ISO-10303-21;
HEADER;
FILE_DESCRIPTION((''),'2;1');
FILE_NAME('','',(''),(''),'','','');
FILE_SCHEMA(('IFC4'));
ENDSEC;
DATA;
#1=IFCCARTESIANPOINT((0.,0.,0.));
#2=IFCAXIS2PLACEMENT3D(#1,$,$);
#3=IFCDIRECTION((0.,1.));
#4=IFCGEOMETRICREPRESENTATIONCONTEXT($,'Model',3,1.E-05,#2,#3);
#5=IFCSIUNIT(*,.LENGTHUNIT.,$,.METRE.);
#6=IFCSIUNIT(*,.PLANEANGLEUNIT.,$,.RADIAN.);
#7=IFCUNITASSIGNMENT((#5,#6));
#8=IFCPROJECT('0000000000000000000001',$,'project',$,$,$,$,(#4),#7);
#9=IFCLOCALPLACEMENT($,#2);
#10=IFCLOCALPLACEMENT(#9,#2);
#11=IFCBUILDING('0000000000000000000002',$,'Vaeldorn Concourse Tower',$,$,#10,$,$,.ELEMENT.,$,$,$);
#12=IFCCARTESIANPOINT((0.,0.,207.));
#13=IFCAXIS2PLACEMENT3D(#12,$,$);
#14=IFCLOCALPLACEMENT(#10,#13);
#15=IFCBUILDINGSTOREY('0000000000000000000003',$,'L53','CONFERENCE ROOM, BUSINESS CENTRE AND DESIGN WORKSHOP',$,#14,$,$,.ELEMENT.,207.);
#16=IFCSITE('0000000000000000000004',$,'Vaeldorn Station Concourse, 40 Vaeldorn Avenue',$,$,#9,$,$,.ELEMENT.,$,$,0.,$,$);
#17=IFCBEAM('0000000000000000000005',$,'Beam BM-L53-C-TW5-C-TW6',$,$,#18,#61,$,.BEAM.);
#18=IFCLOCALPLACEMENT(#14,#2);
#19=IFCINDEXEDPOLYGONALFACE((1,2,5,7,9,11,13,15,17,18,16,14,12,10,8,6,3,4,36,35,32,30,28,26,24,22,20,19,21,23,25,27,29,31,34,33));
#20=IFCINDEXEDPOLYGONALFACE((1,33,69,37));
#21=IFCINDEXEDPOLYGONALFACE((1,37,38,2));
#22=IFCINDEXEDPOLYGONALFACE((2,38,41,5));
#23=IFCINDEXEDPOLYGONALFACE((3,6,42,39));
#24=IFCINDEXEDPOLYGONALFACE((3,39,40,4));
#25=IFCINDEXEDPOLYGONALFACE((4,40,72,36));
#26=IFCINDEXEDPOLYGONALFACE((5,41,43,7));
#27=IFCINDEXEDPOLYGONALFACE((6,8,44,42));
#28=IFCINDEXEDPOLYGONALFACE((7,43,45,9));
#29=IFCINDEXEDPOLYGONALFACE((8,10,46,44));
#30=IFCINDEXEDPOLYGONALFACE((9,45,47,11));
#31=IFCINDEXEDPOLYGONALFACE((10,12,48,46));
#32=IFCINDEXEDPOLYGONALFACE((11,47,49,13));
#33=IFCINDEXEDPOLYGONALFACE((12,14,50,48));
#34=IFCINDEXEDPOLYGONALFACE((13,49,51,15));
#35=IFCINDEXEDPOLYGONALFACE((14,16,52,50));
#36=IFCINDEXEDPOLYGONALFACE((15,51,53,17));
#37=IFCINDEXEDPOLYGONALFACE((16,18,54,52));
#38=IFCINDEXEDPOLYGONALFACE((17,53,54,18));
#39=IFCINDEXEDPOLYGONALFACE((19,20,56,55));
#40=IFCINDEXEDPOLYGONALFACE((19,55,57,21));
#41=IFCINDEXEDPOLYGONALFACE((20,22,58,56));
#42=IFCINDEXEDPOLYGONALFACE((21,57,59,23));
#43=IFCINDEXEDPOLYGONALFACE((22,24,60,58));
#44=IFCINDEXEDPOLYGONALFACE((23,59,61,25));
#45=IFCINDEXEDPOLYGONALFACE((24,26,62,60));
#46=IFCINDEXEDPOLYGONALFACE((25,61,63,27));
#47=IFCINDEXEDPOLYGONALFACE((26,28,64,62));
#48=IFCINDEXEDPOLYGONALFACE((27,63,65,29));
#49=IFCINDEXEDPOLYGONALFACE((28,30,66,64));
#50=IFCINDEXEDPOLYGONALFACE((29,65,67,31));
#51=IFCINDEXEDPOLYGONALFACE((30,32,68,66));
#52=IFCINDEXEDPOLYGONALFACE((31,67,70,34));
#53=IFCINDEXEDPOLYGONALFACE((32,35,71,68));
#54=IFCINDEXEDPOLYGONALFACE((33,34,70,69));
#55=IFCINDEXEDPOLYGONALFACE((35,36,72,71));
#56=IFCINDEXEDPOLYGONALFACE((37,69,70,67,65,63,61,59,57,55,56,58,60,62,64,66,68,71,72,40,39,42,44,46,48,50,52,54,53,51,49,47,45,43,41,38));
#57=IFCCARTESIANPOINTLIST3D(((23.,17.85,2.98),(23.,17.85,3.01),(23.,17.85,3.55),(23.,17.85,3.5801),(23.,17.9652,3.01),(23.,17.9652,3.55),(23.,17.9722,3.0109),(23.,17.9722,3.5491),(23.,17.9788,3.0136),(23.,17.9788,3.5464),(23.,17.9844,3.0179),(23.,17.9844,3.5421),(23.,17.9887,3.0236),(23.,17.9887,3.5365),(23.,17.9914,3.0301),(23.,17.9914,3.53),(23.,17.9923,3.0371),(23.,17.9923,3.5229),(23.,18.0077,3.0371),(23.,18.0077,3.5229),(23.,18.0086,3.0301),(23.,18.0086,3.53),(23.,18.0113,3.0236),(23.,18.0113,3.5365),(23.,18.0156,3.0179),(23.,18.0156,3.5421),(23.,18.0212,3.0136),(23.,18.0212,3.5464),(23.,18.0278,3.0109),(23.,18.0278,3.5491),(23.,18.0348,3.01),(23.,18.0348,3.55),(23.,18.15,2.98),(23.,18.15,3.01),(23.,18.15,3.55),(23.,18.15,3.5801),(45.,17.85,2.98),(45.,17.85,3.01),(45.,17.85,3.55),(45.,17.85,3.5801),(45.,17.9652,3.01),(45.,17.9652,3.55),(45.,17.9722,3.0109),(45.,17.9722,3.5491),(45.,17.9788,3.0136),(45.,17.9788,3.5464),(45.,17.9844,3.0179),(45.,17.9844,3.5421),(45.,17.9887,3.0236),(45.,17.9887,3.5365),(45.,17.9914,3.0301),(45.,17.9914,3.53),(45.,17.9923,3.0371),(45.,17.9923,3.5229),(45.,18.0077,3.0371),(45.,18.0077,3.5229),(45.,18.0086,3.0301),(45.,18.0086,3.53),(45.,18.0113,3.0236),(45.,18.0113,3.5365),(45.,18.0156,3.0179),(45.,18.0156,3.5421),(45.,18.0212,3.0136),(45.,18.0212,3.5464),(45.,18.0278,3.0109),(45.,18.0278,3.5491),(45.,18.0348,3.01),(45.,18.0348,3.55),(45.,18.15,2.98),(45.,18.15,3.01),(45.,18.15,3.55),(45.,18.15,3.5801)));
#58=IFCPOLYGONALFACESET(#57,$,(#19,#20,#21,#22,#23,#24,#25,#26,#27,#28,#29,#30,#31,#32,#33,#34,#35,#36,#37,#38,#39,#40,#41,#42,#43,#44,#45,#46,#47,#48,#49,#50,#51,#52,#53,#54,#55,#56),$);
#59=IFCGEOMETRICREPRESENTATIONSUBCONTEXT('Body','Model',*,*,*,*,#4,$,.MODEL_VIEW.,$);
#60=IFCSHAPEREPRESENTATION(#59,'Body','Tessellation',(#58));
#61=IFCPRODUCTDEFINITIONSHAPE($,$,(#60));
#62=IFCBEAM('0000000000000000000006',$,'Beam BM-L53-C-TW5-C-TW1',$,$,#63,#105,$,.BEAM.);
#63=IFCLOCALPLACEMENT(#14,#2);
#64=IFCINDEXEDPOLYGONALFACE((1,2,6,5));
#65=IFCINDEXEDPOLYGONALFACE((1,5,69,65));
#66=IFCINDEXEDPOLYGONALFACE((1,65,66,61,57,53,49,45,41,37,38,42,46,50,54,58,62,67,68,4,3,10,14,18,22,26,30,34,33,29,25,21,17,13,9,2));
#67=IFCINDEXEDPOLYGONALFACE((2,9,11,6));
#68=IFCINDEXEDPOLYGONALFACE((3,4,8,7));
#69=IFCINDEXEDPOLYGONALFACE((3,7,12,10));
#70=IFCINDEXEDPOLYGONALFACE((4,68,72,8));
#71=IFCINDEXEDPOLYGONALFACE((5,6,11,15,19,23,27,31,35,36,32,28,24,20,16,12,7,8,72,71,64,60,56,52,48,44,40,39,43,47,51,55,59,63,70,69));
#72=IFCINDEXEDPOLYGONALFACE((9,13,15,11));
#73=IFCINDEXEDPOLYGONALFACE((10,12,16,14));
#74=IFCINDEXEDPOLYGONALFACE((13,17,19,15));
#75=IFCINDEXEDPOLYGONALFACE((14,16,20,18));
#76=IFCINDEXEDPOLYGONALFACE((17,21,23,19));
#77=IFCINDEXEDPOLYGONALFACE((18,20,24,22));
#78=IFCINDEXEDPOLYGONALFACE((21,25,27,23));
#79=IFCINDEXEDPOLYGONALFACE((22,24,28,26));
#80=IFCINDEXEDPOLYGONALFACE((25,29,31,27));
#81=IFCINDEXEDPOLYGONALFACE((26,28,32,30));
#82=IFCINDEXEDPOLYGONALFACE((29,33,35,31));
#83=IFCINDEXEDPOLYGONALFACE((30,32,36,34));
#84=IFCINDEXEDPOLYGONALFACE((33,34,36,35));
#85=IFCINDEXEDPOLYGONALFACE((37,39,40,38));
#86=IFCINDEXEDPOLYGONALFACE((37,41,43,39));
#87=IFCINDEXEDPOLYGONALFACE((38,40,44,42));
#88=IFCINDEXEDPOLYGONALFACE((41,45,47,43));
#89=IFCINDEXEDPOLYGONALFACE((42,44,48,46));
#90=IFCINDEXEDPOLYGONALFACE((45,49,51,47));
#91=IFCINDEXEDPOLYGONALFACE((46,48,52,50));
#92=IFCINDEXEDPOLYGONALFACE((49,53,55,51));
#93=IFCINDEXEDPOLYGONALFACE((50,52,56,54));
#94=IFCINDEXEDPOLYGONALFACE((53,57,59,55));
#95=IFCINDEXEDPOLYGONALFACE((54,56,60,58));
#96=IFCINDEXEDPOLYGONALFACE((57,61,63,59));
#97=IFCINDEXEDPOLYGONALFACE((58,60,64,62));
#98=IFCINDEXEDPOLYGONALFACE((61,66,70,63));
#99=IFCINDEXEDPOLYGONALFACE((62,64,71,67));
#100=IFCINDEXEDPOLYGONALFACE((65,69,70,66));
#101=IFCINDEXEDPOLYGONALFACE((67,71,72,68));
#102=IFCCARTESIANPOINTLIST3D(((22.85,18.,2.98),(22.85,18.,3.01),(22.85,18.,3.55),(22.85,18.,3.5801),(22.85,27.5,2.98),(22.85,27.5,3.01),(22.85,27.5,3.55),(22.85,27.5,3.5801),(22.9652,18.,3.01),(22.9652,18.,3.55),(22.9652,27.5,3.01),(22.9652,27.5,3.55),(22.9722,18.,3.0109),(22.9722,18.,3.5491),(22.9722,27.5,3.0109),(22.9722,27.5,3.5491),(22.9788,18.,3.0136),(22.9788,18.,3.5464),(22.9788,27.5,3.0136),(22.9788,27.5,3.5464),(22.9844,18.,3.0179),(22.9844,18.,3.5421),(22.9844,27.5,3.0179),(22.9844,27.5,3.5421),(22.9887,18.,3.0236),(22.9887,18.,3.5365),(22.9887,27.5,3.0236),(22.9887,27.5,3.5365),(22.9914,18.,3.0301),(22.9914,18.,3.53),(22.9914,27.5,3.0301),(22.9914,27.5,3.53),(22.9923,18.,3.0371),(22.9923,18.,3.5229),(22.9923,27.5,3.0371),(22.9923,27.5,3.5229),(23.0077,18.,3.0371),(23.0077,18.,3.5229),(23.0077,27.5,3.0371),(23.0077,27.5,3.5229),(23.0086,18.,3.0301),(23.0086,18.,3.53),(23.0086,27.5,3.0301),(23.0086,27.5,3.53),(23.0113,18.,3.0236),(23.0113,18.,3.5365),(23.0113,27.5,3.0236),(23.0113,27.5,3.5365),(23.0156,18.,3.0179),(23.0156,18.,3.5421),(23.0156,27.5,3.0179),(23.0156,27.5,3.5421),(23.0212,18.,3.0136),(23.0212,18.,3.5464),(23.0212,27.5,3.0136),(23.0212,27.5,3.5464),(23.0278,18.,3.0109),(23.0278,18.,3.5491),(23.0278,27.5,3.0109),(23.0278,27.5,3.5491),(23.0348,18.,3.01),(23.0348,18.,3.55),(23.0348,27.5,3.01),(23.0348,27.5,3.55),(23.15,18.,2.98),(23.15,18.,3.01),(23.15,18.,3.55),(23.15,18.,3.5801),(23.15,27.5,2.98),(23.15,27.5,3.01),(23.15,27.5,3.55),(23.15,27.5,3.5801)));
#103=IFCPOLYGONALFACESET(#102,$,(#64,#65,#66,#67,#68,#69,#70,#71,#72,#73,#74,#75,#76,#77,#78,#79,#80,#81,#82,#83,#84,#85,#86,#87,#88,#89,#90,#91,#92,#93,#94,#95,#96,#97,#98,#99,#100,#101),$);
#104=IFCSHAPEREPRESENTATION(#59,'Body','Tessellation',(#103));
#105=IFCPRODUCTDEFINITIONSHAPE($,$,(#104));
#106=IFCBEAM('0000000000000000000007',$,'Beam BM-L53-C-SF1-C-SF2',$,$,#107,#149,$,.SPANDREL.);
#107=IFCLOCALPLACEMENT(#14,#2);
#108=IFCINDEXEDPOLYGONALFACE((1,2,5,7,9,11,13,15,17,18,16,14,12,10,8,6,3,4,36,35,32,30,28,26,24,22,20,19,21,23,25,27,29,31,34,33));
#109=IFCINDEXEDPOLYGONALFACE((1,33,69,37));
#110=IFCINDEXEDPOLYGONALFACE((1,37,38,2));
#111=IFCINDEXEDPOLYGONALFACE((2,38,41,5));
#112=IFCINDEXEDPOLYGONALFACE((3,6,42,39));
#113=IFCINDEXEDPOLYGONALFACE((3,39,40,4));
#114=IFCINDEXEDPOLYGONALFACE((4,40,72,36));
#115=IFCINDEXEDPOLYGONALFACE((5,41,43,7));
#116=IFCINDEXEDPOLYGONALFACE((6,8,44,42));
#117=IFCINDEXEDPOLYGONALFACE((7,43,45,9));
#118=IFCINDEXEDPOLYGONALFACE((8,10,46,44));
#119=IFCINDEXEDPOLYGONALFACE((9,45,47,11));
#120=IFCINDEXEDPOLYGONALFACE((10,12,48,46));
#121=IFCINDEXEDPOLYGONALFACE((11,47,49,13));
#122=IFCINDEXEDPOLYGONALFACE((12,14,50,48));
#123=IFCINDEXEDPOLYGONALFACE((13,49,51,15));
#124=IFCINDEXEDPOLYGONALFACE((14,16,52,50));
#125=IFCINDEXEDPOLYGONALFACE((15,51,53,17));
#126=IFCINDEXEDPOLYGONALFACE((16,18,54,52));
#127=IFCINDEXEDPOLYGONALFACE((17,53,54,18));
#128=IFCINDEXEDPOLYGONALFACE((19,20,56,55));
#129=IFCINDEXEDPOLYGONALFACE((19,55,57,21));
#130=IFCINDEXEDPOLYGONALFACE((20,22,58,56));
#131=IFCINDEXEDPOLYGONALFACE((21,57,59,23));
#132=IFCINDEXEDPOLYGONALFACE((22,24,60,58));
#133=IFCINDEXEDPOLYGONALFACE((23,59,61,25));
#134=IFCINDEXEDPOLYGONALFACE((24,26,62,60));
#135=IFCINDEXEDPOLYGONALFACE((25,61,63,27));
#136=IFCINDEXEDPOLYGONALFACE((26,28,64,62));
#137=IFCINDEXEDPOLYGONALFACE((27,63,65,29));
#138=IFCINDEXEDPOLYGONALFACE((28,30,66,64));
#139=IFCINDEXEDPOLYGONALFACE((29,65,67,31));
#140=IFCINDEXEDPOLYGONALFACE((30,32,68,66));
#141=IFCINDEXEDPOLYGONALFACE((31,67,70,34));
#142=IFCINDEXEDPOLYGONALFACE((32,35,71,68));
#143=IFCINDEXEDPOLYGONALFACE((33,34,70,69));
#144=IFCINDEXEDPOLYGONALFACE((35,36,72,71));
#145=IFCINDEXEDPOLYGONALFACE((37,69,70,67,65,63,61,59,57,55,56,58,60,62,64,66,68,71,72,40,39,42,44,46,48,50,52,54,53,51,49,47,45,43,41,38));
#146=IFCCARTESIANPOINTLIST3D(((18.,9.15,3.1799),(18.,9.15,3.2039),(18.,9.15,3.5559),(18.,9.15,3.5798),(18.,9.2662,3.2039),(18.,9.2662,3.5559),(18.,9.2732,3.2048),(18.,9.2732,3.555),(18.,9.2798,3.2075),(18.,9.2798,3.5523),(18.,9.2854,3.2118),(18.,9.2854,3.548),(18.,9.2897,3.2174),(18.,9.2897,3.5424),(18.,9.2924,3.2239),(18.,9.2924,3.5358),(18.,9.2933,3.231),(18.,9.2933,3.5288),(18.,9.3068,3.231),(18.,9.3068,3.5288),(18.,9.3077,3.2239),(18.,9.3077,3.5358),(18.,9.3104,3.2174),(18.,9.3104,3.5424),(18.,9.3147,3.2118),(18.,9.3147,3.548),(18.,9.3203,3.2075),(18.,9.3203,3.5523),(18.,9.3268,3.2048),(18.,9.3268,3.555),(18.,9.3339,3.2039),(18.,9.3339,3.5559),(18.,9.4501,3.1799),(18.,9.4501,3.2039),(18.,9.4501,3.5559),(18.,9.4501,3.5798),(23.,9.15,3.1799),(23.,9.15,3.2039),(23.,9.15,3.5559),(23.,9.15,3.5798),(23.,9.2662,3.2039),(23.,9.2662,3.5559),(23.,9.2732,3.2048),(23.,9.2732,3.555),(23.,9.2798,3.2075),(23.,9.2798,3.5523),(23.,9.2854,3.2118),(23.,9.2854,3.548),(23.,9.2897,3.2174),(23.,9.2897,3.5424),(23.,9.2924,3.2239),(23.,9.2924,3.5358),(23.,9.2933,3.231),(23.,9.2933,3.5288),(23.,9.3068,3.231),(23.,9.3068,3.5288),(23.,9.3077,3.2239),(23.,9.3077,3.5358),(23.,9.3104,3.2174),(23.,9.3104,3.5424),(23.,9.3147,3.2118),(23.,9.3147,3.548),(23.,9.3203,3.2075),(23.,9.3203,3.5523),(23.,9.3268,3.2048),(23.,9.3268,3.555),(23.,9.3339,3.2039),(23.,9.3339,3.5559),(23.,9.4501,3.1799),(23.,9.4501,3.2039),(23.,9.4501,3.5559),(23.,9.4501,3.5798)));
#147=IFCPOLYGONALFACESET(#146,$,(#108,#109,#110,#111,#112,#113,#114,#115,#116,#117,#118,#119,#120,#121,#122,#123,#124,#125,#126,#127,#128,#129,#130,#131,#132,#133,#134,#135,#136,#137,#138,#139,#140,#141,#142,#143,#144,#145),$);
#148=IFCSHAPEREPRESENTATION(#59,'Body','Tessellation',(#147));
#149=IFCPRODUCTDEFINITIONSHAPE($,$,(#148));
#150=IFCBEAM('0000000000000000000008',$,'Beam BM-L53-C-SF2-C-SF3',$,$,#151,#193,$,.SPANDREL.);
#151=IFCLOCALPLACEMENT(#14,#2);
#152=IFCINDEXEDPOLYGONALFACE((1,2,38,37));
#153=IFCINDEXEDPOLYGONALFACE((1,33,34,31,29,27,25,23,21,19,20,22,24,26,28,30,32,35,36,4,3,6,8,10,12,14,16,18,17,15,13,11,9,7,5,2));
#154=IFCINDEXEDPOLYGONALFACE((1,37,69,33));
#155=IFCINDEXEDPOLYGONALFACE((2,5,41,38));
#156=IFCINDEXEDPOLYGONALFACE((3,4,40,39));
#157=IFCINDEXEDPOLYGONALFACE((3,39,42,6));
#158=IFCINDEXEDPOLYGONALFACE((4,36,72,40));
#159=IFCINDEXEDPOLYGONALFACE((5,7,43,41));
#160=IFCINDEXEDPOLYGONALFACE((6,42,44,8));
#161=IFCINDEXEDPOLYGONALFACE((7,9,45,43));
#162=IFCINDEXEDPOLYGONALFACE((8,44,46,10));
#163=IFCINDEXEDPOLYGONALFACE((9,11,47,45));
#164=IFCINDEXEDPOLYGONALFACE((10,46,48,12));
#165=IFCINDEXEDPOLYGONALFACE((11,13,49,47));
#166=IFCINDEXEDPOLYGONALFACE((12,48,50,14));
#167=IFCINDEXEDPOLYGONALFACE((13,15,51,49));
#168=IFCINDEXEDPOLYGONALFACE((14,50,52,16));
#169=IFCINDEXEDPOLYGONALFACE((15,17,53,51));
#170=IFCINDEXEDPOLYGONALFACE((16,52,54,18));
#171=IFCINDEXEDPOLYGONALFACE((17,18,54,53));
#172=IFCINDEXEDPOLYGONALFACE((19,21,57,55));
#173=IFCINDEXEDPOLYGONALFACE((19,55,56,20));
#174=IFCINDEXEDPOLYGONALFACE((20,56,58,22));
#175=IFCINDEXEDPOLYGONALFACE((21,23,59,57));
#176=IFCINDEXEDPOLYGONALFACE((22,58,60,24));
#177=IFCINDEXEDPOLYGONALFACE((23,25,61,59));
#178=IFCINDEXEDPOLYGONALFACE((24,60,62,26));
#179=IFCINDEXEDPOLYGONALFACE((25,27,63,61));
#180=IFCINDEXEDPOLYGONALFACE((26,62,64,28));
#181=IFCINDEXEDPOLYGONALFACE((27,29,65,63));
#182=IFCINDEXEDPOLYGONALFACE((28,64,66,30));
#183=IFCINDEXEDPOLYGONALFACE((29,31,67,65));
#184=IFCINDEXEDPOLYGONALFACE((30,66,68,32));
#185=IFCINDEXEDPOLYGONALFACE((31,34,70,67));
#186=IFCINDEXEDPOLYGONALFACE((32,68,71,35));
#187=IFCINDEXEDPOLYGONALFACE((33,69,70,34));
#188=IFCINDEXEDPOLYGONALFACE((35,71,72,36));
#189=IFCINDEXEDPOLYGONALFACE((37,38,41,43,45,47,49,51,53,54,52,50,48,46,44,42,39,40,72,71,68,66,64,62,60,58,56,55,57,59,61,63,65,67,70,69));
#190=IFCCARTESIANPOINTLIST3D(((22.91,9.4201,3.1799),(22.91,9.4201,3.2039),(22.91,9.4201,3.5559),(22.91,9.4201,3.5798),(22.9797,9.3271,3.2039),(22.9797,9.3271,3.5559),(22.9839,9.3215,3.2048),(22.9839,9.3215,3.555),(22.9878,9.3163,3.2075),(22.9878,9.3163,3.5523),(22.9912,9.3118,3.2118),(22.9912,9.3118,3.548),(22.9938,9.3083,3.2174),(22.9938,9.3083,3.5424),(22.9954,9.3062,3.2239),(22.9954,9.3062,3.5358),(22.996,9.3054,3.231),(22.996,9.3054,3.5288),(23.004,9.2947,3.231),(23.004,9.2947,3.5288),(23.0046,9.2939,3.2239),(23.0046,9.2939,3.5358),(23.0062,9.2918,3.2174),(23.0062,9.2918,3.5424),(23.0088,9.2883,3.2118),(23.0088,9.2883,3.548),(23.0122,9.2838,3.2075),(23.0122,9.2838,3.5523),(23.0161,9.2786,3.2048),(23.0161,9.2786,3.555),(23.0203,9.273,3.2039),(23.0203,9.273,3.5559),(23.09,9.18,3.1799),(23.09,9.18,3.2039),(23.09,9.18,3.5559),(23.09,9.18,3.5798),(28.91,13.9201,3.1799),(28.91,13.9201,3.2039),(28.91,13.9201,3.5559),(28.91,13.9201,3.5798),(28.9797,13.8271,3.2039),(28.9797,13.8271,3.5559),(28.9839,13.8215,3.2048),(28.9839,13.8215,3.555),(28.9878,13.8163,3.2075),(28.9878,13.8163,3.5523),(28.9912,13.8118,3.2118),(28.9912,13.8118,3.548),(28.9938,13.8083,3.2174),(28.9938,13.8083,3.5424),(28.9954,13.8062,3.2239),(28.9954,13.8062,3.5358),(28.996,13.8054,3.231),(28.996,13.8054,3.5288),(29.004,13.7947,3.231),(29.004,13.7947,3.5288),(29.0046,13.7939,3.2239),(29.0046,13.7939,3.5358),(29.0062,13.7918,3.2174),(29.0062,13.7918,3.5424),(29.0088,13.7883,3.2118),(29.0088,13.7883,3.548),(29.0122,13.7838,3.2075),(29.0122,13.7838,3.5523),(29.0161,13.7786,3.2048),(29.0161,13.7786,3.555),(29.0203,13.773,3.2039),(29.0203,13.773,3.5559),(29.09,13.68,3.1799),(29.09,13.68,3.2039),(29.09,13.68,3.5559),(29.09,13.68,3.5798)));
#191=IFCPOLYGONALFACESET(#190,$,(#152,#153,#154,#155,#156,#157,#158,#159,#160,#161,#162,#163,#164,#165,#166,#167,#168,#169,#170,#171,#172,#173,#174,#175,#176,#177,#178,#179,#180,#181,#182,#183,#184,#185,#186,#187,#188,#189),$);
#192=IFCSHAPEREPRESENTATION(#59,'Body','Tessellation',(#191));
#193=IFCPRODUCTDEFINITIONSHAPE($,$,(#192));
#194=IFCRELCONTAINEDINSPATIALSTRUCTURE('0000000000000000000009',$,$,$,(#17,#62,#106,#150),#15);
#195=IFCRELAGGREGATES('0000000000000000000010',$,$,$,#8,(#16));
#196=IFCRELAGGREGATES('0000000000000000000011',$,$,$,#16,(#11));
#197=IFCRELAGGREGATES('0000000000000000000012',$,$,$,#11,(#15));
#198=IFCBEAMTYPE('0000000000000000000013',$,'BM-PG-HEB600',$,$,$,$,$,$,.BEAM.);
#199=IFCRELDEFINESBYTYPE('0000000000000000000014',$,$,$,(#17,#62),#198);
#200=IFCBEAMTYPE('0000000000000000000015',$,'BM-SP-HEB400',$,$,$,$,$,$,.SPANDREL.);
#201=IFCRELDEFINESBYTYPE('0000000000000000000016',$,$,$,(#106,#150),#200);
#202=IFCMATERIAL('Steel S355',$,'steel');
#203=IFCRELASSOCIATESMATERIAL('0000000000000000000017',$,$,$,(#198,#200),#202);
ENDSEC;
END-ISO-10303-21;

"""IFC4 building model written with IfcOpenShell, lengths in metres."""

from ifc_helpers import new_model, si_unit, direction, frame, origin, origin_2d, place, context, subcontext, project, spatial, i_section, extrude, source, transform, mapped, material, material_profile, profile_set, type_object, element, save


model = new_model("IFC4")

# Units and contexts
model_context = context("Model", 3, precision=1e-05, world=origin(), true_north=direction((0.0, 1.0)))
body_context = subcontext(model_context, "Body", "Model", "MODEL_VIEW")
ifc_project = project(units=[si_unit("LENGTHUNIT", "METRE"), si_unit("PLANEANGLEUNIT", "RADIAN")], contexts=[model_context])

# Site, building, storey
site_placement = place(None, origin())
site = spatial("IfcSite", under=ifc_project, at=site_placement, Name="Vaeldorn Station Concourse, 40 Vaeldorn Avenue", CompositionType="ELEMENT", RefElevation=0.0)
building_placement = place(site_placement, origin())
building = spatial("IfcBuilding", under=site, at=building_placement, Name="Vaeldorn Concourse Tower", CompositionType="ELEMENT")
storey_placement = place(building_placement, frame((0.0, 0.0, 207.0)))
storey = spatial("IfcBuildingStorey", under=building, at=storey_placement, Name="L53", Description="CONFERENCE ROOM, BUSINESS CENTRE AND DESIGN WORKSHOP", CompositionType="ELEMENT", Elevation=207.0)

# Shared definitions
ifc_material_1 = material(Name="Steel S355", Category="steel")

# Beams
ifc_material_profile_1 = material_profile(ifc_material_1, i_section(OverallWidth=0.3, OverallDepth=0.6001, WebThickness=0.0154, FlangeThickness=0.03, FilletRadius=0.0271, at=origin_2d()), Name="HEB 600")
ifc_profile_set_1 = profile_set([ifc_material_profile_1], Name="Steel S355")
beam_type_1 = type_object("IfcBeamType", Name="BM-PG-HEB600", PredefinedType="BEAM", material=ifc_profile_set_1)
shared_shape_1 = source(origin(), body_context, "Body", "SweptSolid", [
    extrude(i_section(OverallWidth=0.3, OverallDepth=0.6001, WebThickness=0.0154, FlangeThickness=0.03, FilletRadius=0.0271, at=origin_2d()), origin(), (0.0, 0.0, 1.0), 22.0),
])
beam_1_placement = place(storey_placement, frame((23.0, 18.0, 3.28), z_axis=(1.0, 0.0, 0.0), x_axis=(0.0, 1.0, 0.0)))
element("IfcBeam", 1, at=beam_1_placement, inside=storey, type_object=beam_type_1, Name="Beam BM-L53-C-TW5-C-TW6", PredefinedType="BEAM", context=body_context, shape_type="MappedRepresentation", body=[
    mapped(shared_shape_1, transform((0.0, 0.0, 0.0), scale=1.0)),
])
shared_shape_2 = source(origin(), body_context, "Body", "SweptSolid", [
    extrude(i_section(OverallWidth=0.3, OverallDepth=0.6001, WebThickness=0.0154, FlangeThickness=0.03, FilletRadius=0.0271, at=origin_2d()), origin(), (0.0, 0.0, 1.0), 9.5),
])
beam_2_placement = place(storey_placement, frame((23.0, 18.0, 3.28), z_axis=(0.0, 1.0, 0.0), x_axis=(-1.0, 0.0, 0.0)))
element("IfcBeam", 2, at=beam_2_placement, inside=storey, type_object=beam_type_1, Name="Beam BM-L53-C-TW5-C-TW1", PredefinedType="BEAM", context=body_context, shape_type="MappedRepresentation", body=[
    mapped(shared_shape_2, transform((0.0, 0.0, 0.0), scale=1.0)),
])
ifc_material_profile_2 = material_profile(ifc_material_1, i_section(OverallWidth=0.3, OverallDepth=0.3999, WebThickness=0.0134, FlangeThickness=0.0239, FilletRadius=0.0271, at=origin_2d()), Name="HEB 400")
ifc_profile_set_2 = profile_set([ifc_material_profile_2], Name="Steel S355")
beam_type_2 = type_object("IfcBeamType", Name="BM-SP-HEB400", PredefinedType="SPANDREL", material=ifc_profile_set_2)
shared_shape_3 = source(origin(), body_context, "Body", "SweptSolid", [
    extrude(i_section(OverallWidth=0.3, OverallDepth=0.3999, WebThickness=0.0134, FlangeThickness=0.0239, FilletRadius=0.0271, at=origin_2d()), origin(), (0.0, 0.0, 1.0), 5.0),
])
beam_3_placement = place(storey_placement, frame((18.0, 9.3, 3.3799), z_axis=(1.0, 0.0, 0.0), x_axis=(0.0, 1.0, 0.0)))
element("IfcBeam", 3, at=beam_3_placement, inside=storey, type_object=beam_type_2, Name="Beam BM-L53-C-SF1-C-SF2", PredefinedType="SPANDREL", context=body_context, shape_type="MappedRepresentation", body=[
    mapped(shared_shape_3, transform((0.0, 0.0, 0.0), scale=1.0)),
])
shared_shape_4 = source(origin(), body_context, "Body", "SweptSolid", [
    extrude(i_section(OverallWidth=0.3, OverallDepth=0.3999, WebThickness=0.0134, FlangeThickness=0.0239, FilletRadius=0.0271, at=origin_2d()), origin(), (0.0, 0.0, 1.0), 7.5),
])
beam_4_placement = place(storey_placement, frame((23.0, 9.3, 3.3799), z_axis=(0.8, 0.6, 0.0), x_axis=(-0.6, 0.8, 0.0)))
element("IfcBeam", 4, at=beam_4_placement, inside=storey, type_object=beam_type_2, Name="Beam BM-L53-C-SF2-C-SF3", PredefinedType="SPANDREL", context=body_context, shape_type="MappedRepresentation", body=[
    mapped(shared_shape_4, transform((0.0, 0.0, 0.0), scale=1.0)),
])

save(model, "model.ifc")
